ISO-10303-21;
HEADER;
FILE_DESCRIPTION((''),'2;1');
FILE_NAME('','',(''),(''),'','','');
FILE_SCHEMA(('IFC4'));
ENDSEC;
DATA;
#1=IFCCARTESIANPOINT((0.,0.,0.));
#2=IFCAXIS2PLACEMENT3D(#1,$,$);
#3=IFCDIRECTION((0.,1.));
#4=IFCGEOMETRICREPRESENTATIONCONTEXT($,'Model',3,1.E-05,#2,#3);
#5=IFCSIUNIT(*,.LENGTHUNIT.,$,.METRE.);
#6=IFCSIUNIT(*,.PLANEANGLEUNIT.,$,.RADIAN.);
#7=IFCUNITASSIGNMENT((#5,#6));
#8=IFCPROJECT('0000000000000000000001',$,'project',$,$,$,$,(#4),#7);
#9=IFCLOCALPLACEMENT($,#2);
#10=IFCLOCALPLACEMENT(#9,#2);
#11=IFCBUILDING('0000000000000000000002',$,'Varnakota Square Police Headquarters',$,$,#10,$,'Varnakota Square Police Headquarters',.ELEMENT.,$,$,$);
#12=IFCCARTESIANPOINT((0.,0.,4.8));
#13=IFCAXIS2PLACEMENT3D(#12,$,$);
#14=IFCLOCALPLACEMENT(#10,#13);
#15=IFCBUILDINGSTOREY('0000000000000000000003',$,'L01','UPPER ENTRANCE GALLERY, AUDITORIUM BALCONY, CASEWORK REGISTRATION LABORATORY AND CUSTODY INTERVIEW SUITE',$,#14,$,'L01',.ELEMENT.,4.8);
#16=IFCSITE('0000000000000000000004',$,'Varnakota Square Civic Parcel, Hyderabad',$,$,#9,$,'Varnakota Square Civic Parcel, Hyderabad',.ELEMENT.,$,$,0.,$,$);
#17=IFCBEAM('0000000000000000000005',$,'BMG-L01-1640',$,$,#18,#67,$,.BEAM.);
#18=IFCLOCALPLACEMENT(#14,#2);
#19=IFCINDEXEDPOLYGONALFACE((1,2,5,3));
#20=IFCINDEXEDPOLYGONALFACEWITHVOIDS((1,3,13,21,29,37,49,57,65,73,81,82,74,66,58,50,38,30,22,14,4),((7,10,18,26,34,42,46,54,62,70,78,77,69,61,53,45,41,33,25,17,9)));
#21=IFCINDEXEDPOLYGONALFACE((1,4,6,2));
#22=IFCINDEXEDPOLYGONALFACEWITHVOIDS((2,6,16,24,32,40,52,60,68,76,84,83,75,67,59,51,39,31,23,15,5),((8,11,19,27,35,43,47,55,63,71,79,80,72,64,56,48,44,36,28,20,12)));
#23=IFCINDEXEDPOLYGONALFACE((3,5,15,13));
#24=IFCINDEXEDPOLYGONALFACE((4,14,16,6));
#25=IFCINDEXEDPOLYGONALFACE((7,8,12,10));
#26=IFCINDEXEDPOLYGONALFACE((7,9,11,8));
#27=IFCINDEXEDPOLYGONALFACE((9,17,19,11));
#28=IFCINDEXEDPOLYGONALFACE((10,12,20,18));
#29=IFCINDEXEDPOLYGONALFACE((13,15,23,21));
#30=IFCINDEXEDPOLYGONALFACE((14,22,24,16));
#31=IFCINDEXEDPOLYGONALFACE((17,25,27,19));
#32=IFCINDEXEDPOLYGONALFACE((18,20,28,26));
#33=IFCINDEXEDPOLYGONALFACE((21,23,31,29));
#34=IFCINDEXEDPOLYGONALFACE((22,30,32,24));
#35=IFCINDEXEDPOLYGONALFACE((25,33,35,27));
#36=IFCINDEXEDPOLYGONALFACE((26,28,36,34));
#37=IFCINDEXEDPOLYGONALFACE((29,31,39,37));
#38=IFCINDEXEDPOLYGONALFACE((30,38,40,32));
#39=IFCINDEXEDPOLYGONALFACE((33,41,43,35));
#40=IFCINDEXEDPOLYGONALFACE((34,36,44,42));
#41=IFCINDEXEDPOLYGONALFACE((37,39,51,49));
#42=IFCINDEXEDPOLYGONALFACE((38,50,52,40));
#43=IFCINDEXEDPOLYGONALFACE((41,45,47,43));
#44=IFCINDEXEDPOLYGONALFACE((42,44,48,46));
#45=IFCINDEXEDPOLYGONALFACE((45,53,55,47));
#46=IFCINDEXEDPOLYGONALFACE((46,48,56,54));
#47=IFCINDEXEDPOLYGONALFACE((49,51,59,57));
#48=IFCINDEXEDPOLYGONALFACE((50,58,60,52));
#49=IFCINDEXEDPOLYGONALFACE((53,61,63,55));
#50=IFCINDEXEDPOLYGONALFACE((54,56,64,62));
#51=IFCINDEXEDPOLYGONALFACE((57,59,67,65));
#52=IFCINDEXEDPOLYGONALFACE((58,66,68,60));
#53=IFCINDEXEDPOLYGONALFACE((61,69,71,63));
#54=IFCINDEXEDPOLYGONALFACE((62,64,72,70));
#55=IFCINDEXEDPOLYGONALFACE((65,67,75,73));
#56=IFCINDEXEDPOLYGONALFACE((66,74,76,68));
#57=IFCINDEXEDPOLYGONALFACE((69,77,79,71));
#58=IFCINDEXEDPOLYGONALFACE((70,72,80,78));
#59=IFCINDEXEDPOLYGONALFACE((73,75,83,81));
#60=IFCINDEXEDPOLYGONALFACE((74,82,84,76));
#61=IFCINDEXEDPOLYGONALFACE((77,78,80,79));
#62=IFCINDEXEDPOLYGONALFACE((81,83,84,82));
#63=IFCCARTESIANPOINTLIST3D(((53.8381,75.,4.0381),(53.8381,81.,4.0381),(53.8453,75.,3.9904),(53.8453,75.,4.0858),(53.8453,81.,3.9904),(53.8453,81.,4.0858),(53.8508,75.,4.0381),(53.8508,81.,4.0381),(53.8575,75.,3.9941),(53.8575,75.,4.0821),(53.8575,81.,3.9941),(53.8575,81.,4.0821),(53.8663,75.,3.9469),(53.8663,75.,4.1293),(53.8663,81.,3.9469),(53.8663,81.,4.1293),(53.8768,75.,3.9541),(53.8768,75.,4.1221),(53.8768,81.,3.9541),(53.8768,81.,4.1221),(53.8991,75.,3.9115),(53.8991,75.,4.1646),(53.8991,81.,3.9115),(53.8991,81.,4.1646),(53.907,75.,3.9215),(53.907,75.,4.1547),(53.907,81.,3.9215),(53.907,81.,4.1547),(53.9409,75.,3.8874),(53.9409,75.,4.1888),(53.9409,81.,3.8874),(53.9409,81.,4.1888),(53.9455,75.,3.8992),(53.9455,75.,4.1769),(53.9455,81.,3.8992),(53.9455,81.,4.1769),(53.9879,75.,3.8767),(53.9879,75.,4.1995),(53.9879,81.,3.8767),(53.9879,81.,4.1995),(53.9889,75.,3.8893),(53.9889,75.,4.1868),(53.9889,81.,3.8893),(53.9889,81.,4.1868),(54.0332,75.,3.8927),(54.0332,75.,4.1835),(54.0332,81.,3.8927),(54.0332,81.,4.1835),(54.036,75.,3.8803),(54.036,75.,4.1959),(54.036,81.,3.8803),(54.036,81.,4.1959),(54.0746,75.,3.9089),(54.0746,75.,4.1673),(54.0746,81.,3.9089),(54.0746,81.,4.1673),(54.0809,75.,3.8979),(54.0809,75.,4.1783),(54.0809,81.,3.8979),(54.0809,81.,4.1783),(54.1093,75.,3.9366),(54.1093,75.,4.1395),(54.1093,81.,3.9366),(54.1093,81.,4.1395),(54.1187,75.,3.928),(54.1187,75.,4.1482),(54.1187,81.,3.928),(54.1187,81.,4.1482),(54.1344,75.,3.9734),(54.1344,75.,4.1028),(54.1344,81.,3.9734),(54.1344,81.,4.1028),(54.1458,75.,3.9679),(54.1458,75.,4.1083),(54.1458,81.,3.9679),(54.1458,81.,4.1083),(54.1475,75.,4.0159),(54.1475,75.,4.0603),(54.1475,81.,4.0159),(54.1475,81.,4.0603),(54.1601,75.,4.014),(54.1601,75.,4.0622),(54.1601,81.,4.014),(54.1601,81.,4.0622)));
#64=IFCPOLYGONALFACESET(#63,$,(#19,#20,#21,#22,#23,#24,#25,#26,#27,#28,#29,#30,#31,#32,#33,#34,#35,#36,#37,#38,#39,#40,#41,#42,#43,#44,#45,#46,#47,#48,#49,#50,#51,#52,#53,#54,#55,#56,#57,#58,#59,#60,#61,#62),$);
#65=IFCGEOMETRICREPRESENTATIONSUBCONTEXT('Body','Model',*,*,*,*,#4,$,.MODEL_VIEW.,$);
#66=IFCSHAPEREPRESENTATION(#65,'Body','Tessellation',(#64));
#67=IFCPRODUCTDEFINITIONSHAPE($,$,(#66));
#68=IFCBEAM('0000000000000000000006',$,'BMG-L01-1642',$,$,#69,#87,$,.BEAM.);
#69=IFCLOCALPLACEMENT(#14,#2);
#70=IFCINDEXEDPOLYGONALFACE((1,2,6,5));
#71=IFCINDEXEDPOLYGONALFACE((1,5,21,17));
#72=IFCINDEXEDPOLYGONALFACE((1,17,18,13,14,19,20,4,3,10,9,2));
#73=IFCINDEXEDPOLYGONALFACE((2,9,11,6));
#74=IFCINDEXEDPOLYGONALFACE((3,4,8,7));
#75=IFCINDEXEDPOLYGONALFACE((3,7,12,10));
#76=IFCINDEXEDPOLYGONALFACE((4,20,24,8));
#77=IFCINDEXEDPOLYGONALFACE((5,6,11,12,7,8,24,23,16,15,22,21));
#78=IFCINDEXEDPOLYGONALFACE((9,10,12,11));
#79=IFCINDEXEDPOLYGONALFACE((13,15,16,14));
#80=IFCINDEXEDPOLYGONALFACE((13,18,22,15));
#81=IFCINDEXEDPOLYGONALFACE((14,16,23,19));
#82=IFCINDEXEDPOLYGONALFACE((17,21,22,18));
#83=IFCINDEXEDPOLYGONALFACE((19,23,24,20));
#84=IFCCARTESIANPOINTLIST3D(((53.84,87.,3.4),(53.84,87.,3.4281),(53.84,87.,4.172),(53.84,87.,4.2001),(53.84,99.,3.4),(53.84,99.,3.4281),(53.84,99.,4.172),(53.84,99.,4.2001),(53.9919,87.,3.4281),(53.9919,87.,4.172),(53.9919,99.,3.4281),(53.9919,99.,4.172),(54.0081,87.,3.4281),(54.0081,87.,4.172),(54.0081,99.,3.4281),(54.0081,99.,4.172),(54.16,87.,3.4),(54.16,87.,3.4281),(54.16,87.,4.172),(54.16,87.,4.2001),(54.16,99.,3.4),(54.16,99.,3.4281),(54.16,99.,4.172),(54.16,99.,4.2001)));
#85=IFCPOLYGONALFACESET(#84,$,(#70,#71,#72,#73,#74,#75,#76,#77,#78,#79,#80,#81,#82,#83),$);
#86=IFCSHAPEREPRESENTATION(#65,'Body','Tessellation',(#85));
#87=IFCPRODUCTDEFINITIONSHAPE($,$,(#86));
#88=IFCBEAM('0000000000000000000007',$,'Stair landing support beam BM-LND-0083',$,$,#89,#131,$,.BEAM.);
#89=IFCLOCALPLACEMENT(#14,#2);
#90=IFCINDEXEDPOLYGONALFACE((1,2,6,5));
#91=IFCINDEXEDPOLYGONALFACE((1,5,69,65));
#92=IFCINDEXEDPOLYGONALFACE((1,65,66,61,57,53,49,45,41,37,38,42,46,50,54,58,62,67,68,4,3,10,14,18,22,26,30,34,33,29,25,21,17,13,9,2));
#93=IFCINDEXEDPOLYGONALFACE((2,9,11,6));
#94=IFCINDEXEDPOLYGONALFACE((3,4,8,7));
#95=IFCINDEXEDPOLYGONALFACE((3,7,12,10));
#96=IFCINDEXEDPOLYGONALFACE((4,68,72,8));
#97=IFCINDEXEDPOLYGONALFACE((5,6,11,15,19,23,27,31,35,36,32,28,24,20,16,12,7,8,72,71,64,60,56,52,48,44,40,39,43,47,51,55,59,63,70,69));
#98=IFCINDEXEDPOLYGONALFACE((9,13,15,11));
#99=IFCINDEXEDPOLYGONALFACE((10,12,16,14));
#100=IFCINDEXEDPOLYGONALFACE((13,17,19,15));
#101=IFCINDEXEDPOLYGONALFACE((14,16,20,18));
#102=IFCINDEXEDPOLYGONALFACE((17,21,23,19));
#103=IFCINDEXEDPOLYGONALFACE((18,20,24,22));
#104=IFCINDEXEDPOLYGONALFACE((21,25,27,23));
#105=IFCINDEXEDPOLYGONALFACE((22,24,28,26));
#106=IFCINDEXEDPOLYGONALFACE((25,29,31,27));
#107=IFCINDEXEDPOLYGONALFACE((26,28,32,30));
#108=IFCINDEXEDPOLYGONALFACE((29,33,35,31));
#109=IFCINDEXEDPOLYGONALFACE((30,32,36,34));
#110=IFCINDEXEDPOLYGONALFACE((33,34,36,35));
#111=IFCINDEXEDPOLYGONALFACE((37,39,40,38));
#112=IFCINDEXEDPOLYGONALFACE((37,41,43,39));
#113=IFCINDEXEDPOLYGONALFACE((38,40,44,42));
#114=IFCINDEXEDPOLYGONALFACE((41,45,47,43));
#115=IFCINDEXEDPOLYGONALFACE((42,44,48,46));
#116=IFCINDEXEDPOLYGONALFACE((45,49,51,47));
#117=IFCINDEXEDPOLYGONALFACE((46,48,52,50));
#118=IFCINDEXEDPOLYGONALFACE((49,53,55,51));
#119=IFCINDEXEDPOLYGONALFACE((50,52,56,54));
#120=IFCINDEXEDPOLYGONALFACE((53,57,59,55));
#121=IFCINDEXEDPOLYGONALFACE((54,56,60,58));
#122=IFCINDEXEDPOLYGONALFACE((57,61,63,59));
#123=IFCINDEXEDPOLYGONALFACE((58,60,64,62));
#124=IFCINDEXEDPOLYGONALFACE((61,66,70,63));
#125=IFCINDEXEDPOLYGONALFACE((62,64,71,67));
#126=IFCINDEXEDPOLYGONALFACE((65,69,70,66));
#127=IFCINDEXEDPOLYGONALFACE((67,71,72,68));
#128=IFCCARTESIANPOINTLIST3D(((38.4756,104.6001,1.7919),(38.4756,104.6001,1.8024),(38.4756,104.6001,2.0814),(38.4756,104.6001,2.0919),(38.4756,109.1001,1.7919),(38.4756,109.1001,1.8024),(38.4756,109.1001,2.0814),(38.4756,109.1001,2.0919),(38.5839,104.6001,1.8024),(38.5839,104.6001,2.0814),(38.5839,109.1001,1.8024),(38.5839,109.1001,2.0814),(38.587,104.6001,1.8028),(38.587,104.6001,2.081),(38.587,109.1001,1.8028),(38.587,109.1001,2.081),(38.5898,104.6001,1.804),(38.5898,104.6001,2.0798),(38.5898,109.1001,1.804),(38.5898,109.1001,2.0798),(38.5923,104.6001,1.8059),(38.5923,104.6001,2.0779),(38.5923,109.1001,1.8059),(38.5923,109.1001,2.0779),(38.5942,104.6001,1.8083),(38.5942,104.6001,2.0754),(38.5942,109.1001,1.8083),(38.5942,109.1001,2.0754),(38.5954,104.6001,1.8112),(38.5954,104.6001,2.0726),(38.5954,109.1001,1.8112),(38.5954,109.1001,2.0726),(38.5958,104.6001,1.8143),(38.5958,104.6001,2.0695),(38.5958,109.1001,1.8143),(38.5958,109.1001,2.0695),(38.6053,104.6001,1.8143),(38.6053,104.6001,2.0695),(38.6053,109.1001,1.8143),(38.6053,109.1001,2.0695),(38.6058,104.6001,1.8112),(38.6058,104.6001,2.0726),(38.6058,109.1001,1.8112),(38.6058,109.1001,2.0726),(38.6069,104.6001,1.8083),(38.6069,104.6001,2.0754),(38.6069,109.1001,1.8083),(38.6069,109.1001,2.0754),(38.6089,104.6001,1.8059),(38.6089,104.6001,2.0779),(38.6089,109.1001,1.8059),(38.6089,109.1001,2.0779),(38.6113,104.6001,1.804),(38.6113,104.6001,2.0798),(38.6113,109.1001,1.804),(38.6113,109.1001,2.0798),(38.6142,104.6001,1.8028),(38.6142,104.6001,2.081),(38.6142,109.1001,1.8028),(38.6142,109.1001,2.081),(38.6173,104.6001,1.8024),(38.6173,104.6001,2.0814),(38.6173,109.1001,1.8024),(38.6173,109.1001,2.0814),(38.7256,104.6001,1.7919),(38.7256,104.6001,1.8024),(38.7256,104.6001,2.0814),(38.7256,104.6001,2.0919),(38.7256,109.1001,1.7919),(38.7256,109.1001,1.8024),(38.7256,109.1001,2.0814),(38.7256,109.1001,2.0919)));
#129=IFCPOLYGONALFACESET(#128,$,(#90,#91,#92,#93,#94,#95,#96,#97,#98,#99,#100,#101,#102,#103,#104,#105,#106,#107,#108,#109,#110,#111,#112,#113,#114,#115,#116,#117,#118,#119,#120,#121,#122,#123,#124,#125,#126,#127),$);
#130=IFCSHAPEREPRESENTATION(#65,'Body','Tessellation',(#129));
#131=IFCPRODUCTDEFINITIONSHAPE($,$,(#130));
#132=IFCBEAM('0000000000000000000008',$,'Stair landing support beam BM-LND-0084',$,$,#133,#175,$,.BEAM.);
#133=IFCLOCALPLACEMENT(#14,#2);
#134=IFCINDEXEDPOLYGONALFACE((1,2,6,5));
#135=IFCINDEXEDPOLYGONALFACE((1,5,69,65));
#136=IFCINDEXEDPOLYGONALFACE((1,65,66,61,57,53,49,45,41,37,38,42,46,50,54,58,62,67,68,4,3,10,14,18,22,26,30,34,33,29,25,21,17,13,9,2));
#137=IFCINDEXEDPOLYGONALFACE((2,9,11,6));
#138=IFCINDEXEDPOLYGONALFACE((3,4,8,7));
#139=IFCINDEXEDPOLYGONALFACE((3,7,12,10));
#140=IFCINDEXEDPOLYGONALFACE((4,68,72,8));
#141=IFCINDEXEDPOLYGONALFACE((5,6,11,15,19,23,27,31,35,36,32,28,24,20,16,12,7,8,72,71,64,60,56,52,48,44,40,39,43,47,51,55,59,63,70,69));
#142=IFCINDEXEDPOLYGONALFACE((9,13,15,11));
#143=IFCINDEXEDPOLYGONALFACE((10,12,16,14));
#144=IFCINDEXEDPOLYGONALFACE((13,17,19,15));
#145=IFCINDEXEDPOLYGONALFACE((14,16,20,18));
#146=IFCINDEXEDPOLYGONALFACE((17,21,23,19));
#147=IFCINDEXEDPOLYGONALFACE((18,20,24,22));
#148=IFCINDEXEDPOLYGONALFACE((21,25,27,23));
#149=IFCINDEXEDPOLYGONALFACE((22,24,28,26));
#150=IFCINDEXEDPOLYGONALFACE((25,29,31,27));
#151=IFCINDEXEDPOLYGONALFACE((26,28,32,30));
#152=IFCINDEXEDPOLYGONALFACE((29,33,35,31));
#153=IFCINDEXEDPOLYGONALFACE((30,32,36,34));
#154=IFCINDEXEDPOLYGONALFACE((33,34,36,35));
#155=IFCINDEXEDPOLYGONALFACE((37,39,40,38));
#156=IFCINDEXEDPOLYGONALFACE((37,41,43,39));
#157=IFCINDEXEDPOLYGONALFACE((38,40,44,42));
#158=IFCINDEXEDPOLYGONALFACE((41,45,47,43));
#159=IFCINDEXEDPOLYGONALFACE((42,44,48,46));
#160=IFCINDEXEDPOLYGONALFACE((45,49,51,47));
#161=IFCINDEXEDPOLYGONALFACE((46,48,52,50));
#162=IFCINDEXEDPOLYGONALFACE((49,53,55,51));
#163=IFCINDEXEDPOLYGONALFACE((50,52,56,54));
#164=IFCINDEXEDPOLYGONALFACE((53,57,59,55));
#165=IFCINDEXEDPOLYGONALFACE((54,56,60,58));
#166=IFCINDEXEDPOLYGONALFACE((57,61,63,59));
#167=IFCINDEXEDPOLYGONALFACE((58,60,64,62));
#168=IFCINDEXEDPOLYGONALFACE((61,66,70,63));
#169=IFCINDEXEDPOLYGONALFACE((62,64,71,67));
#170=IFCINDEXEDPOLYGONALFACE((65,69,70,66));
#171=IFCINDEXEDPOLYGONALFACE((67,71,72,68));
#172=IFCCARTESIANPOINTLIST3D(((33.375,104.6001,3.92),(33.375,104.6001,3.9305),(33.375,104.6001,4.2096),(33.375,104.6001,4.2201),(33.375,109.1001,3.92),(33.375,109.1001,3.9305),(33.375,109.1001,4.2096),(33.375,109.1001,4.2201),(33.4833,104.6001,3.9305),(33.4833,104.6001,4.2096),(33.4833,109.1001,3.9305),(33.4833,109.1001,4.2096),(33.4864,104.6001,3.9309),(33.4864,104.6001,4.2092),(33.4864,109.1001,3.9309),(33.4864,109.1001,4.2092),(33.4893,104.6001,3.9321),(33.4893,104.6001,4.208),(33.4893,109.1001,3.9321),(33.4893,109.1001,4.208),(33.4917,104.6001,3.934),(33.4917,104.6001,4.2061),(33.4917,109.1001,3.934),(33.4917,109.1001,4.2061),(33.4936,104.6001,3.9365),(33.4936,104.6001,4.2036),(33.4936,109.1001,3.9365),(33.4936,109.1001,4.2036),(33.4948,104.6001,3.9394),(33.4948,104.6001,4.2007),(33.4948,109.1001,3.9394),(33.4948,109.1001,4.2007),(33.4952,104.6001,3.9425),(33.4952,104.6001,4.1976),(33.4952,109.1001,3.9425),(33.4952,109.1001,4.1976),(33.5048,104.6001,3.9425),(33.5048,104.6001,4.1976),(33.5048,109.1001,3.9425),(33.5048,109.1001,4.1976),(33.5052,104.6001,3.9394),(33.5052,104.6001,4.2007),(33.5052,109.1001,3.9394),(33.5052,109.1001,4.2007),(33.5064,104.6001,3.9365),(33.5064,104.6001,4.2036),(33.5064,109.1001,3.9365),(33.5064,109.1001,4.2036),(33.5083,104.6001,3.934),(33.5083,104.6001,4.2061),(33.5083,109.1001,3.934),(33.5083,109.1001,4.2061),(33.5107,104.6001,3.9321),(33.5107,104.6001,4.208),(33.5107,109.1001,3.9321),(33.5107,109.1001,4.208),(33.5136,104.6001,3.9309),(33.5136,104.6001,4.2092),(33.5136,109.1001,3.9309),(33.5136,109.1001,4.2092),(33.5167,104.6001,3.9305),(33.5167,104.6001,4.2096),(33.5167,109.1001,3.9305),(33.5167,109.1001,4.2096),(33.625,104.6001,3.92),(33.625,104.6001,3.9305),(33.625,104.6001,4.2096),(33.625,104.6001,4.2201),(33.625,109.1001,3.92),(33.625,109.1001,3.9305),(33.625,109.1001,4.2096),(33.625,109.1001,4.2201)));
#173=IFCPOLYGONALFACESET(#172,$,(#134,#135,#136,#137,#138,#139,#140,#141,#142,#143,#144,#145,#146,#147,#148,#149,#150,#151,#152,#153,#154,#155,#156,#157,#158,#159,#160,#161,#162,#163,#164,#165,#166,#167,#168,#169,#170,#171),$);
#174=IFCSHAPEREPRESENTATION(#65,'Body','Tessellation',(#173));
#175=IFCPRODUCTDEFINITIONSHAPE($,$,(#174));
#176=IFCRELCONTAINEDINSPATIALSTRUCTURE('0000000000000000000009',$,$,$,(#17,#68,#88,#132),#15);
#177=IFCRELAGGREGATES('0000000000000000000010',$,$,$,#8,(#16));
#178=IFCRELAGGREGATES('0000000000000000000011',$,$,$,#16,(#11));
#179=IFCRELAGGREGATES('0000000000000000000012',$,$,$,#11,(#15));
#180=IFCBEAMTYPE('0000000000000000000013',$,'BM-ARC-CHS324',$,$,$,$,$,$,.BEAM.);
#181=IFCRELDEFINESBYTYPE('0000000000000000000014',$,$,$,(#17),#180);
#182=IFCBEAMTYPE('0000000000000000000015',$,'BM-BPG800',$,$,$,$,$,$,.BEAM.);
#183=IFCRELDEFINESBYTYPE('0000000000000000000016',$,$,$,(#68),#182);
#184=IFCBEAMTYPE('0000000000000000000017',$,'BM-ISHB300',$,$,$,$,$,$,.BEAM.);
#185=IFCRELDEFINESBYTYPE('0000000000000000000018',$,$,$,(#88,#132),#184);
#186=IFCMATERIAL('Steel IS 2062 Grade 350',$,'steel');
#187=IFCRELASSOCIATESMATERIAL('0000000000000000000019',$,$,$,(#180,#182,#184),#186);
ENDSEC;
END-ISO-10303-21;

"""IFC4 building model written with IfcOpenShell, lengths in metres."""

from ifc_helpers import new_model, si_unit, direction, frame, origin, origin_2d, place, context, subcontext, project, spatial, hollow_circle, i_section, extrude, material, material_profile, profile_set, type_object, element, save


model = new_model("IFC4")

# Units and contexts
model_context = context("Model", 3, precision=1e-05, world=origin(), true_north=direction((0.0, 1.0)))
body_context = subcontext(model_context, "Body", "Model", "MODEL_VIEW")
ifc_project = project(units=[si_unit("LENGTHUNIT", "METRE"), si_unit("PLANEANGLEUNIT", "RADIAN")], contexts=[model_context])

# Site, building, storey
site_placement = place(None, origin())
site = spatial("IfcSite", under=ifc_project, at=site_placement, Name="Varnakota Square Civic Parcel, Hyderabad", LongName="Varnakota Square Civic Parcel, Hyderabad", CompositionType="ELEMENT", RefElevation=0.0)
building_placement = place(site_placement, origin())
building = spatial("IfcBuilding", under=site, at=building_placement, Name="Varnakota Square Police Headquarters", LongName="Varnakota Square Police Headquarters", CompositionType="ELEMENT")
storey_placement = place(building_placement, frame((0.0, 0.0, 4.8)))
storey = spatial("IfcBuildingStorey", under=building, at=storey_placement, Name="L01", Description="UPPER ENTRANCE GALLERY, AUDITORIUM BALCONY, CASEWORK REGISTRATION LABORATORY AND CUSTODY INTERVIEW SUITE", LongName="L01", CompositionType="ELEMENT", Elevation=4.8)

# Shared definitions
ifc_material_1 = material(Name="Steel IS 2062 Grade 350", Category="steel")

# Beams
ifc_material_profile_1 = material_profile(ifc_material_1, hollow_circle(Radius=0.1619, WallThickness=0.0127, at=origin_2d()), Name="CHS 323.9x12.7")
ifc_profile_set_1 = profile_set([ifc_material_profile_1], Name="Steel IS 2062 Grade 350")
beam_type_1 = type_object("IfcBeamType", Name="BM-ARC-CHS324", PredefinedType="BEAM", material=ifc_profile_set_1)
beam_1_placement = place(storey_placement, frame((54.0, 75.0, 4.0381), z_axis=(0.0, 1.0, 0.0), x_axis=(-1.0, 0.0, 0.0)))
element("IfcBeam", 1, at=beam_1_placement, inside=storey, type_object=beam_type_1, Name="BMG-L01-1640", PredefinedType="BEAM", context=body_context, shape_type="SweptSolid", body=[
    extrude(hollow_circle(Radius=0.1619, WallThickness=0.0127, at=origin_2d()), origin(), (0.0, 0.0, 1.0), 6.0),
])
ifc_material_profile_2 = material_profile(ifc_material_1, i_section(OverallWidth=0.3201, OverallDepth=0.8, WebThickness=0.0161, FlangeThickness=0.0281, at=origin_2d()), Name="BPG 800x320")
ifc_profile_set_2 = profile_set([ifc_material_profile_2], Name="Steel IS 2062 Grade 350")
beam_type_2 = type_object("IfcBeamType", Name="BM-BPG800", PredefinedType="BEAM", material=ifc_profile_set_2)
beam_2_placement = place(storey_placement, frame((54.0, 87.0, 3.8), z_axis=(0.0, 1.0, 0.0), x_axis=(-1.0, 0.0, 0.0)))
element("IfcBeam", 2, at=beam_2_placement, inside=storey, type_object=beam_type_2, Name="BMG-L01-1642", PredefinedType="BEAM", context=body_context, shape_type="SweptSolid", body=[
    extrude(i_section(OverallWidth=0.3201, OverallDepth=0.8, WebThickness=0.0161, FlangeThickness=0.0281, at=origin_2d()), origin(), (0.0, 0.0, 1.0), 12.0),
])
ifc_material_profile_3 = material_profile(ifc_material_1, i_section(OverallWidth=0.25, OverallDepth=0.3, WebThickness=0.0095, FlangeThickness=0.0105, FilletRadius=0.012, at=origin_2d()), Name="ISHB 300")
ifc_profile_set_3 = profile_set([ifc_material_profile_3], Name="Steel IS 2062 Grade 350")
beam_type_3 = type_object("IfcBeamType", Name="BM-ISHB300", PredefinedType="BEAM", material=ifc_profile_set_3)
for number, where, z_axis, x_axis, name in (
    (3, (38.6006, 104.6001, 1.9419), (0.0, 1.0, 0.0), (-1.0, 0.0, 0.0), "Stair landing support beam BM-LND-0083"),
    (4, (33.5, 104.6001, 4.0701), (0.0, 1.0, 0.0), (-1.0, 0.0, 0.0), "Stair landing support beam BM-LND-0084"),
):
    element("IfcBeam", number, at=place(storey_placement, frame(where, z_axis=z_axis, x_axis=x_axis)), inside=storey, type_object=beam_type_3, Name=name, PredefinedType="BEAM", context=body_context, shape_type="SweptSolid", body=[
        extrude(i_section(OverallWidth=0.25, OverallDepth=0.3, WebThickness=0.0095, FlangeThickness=0.0105, FilletRadius=0.012, at=origin_2d()), origin(), (0.0, 0.0, 1.0), 4.5),
    ])

save(model, "model.ifc")
